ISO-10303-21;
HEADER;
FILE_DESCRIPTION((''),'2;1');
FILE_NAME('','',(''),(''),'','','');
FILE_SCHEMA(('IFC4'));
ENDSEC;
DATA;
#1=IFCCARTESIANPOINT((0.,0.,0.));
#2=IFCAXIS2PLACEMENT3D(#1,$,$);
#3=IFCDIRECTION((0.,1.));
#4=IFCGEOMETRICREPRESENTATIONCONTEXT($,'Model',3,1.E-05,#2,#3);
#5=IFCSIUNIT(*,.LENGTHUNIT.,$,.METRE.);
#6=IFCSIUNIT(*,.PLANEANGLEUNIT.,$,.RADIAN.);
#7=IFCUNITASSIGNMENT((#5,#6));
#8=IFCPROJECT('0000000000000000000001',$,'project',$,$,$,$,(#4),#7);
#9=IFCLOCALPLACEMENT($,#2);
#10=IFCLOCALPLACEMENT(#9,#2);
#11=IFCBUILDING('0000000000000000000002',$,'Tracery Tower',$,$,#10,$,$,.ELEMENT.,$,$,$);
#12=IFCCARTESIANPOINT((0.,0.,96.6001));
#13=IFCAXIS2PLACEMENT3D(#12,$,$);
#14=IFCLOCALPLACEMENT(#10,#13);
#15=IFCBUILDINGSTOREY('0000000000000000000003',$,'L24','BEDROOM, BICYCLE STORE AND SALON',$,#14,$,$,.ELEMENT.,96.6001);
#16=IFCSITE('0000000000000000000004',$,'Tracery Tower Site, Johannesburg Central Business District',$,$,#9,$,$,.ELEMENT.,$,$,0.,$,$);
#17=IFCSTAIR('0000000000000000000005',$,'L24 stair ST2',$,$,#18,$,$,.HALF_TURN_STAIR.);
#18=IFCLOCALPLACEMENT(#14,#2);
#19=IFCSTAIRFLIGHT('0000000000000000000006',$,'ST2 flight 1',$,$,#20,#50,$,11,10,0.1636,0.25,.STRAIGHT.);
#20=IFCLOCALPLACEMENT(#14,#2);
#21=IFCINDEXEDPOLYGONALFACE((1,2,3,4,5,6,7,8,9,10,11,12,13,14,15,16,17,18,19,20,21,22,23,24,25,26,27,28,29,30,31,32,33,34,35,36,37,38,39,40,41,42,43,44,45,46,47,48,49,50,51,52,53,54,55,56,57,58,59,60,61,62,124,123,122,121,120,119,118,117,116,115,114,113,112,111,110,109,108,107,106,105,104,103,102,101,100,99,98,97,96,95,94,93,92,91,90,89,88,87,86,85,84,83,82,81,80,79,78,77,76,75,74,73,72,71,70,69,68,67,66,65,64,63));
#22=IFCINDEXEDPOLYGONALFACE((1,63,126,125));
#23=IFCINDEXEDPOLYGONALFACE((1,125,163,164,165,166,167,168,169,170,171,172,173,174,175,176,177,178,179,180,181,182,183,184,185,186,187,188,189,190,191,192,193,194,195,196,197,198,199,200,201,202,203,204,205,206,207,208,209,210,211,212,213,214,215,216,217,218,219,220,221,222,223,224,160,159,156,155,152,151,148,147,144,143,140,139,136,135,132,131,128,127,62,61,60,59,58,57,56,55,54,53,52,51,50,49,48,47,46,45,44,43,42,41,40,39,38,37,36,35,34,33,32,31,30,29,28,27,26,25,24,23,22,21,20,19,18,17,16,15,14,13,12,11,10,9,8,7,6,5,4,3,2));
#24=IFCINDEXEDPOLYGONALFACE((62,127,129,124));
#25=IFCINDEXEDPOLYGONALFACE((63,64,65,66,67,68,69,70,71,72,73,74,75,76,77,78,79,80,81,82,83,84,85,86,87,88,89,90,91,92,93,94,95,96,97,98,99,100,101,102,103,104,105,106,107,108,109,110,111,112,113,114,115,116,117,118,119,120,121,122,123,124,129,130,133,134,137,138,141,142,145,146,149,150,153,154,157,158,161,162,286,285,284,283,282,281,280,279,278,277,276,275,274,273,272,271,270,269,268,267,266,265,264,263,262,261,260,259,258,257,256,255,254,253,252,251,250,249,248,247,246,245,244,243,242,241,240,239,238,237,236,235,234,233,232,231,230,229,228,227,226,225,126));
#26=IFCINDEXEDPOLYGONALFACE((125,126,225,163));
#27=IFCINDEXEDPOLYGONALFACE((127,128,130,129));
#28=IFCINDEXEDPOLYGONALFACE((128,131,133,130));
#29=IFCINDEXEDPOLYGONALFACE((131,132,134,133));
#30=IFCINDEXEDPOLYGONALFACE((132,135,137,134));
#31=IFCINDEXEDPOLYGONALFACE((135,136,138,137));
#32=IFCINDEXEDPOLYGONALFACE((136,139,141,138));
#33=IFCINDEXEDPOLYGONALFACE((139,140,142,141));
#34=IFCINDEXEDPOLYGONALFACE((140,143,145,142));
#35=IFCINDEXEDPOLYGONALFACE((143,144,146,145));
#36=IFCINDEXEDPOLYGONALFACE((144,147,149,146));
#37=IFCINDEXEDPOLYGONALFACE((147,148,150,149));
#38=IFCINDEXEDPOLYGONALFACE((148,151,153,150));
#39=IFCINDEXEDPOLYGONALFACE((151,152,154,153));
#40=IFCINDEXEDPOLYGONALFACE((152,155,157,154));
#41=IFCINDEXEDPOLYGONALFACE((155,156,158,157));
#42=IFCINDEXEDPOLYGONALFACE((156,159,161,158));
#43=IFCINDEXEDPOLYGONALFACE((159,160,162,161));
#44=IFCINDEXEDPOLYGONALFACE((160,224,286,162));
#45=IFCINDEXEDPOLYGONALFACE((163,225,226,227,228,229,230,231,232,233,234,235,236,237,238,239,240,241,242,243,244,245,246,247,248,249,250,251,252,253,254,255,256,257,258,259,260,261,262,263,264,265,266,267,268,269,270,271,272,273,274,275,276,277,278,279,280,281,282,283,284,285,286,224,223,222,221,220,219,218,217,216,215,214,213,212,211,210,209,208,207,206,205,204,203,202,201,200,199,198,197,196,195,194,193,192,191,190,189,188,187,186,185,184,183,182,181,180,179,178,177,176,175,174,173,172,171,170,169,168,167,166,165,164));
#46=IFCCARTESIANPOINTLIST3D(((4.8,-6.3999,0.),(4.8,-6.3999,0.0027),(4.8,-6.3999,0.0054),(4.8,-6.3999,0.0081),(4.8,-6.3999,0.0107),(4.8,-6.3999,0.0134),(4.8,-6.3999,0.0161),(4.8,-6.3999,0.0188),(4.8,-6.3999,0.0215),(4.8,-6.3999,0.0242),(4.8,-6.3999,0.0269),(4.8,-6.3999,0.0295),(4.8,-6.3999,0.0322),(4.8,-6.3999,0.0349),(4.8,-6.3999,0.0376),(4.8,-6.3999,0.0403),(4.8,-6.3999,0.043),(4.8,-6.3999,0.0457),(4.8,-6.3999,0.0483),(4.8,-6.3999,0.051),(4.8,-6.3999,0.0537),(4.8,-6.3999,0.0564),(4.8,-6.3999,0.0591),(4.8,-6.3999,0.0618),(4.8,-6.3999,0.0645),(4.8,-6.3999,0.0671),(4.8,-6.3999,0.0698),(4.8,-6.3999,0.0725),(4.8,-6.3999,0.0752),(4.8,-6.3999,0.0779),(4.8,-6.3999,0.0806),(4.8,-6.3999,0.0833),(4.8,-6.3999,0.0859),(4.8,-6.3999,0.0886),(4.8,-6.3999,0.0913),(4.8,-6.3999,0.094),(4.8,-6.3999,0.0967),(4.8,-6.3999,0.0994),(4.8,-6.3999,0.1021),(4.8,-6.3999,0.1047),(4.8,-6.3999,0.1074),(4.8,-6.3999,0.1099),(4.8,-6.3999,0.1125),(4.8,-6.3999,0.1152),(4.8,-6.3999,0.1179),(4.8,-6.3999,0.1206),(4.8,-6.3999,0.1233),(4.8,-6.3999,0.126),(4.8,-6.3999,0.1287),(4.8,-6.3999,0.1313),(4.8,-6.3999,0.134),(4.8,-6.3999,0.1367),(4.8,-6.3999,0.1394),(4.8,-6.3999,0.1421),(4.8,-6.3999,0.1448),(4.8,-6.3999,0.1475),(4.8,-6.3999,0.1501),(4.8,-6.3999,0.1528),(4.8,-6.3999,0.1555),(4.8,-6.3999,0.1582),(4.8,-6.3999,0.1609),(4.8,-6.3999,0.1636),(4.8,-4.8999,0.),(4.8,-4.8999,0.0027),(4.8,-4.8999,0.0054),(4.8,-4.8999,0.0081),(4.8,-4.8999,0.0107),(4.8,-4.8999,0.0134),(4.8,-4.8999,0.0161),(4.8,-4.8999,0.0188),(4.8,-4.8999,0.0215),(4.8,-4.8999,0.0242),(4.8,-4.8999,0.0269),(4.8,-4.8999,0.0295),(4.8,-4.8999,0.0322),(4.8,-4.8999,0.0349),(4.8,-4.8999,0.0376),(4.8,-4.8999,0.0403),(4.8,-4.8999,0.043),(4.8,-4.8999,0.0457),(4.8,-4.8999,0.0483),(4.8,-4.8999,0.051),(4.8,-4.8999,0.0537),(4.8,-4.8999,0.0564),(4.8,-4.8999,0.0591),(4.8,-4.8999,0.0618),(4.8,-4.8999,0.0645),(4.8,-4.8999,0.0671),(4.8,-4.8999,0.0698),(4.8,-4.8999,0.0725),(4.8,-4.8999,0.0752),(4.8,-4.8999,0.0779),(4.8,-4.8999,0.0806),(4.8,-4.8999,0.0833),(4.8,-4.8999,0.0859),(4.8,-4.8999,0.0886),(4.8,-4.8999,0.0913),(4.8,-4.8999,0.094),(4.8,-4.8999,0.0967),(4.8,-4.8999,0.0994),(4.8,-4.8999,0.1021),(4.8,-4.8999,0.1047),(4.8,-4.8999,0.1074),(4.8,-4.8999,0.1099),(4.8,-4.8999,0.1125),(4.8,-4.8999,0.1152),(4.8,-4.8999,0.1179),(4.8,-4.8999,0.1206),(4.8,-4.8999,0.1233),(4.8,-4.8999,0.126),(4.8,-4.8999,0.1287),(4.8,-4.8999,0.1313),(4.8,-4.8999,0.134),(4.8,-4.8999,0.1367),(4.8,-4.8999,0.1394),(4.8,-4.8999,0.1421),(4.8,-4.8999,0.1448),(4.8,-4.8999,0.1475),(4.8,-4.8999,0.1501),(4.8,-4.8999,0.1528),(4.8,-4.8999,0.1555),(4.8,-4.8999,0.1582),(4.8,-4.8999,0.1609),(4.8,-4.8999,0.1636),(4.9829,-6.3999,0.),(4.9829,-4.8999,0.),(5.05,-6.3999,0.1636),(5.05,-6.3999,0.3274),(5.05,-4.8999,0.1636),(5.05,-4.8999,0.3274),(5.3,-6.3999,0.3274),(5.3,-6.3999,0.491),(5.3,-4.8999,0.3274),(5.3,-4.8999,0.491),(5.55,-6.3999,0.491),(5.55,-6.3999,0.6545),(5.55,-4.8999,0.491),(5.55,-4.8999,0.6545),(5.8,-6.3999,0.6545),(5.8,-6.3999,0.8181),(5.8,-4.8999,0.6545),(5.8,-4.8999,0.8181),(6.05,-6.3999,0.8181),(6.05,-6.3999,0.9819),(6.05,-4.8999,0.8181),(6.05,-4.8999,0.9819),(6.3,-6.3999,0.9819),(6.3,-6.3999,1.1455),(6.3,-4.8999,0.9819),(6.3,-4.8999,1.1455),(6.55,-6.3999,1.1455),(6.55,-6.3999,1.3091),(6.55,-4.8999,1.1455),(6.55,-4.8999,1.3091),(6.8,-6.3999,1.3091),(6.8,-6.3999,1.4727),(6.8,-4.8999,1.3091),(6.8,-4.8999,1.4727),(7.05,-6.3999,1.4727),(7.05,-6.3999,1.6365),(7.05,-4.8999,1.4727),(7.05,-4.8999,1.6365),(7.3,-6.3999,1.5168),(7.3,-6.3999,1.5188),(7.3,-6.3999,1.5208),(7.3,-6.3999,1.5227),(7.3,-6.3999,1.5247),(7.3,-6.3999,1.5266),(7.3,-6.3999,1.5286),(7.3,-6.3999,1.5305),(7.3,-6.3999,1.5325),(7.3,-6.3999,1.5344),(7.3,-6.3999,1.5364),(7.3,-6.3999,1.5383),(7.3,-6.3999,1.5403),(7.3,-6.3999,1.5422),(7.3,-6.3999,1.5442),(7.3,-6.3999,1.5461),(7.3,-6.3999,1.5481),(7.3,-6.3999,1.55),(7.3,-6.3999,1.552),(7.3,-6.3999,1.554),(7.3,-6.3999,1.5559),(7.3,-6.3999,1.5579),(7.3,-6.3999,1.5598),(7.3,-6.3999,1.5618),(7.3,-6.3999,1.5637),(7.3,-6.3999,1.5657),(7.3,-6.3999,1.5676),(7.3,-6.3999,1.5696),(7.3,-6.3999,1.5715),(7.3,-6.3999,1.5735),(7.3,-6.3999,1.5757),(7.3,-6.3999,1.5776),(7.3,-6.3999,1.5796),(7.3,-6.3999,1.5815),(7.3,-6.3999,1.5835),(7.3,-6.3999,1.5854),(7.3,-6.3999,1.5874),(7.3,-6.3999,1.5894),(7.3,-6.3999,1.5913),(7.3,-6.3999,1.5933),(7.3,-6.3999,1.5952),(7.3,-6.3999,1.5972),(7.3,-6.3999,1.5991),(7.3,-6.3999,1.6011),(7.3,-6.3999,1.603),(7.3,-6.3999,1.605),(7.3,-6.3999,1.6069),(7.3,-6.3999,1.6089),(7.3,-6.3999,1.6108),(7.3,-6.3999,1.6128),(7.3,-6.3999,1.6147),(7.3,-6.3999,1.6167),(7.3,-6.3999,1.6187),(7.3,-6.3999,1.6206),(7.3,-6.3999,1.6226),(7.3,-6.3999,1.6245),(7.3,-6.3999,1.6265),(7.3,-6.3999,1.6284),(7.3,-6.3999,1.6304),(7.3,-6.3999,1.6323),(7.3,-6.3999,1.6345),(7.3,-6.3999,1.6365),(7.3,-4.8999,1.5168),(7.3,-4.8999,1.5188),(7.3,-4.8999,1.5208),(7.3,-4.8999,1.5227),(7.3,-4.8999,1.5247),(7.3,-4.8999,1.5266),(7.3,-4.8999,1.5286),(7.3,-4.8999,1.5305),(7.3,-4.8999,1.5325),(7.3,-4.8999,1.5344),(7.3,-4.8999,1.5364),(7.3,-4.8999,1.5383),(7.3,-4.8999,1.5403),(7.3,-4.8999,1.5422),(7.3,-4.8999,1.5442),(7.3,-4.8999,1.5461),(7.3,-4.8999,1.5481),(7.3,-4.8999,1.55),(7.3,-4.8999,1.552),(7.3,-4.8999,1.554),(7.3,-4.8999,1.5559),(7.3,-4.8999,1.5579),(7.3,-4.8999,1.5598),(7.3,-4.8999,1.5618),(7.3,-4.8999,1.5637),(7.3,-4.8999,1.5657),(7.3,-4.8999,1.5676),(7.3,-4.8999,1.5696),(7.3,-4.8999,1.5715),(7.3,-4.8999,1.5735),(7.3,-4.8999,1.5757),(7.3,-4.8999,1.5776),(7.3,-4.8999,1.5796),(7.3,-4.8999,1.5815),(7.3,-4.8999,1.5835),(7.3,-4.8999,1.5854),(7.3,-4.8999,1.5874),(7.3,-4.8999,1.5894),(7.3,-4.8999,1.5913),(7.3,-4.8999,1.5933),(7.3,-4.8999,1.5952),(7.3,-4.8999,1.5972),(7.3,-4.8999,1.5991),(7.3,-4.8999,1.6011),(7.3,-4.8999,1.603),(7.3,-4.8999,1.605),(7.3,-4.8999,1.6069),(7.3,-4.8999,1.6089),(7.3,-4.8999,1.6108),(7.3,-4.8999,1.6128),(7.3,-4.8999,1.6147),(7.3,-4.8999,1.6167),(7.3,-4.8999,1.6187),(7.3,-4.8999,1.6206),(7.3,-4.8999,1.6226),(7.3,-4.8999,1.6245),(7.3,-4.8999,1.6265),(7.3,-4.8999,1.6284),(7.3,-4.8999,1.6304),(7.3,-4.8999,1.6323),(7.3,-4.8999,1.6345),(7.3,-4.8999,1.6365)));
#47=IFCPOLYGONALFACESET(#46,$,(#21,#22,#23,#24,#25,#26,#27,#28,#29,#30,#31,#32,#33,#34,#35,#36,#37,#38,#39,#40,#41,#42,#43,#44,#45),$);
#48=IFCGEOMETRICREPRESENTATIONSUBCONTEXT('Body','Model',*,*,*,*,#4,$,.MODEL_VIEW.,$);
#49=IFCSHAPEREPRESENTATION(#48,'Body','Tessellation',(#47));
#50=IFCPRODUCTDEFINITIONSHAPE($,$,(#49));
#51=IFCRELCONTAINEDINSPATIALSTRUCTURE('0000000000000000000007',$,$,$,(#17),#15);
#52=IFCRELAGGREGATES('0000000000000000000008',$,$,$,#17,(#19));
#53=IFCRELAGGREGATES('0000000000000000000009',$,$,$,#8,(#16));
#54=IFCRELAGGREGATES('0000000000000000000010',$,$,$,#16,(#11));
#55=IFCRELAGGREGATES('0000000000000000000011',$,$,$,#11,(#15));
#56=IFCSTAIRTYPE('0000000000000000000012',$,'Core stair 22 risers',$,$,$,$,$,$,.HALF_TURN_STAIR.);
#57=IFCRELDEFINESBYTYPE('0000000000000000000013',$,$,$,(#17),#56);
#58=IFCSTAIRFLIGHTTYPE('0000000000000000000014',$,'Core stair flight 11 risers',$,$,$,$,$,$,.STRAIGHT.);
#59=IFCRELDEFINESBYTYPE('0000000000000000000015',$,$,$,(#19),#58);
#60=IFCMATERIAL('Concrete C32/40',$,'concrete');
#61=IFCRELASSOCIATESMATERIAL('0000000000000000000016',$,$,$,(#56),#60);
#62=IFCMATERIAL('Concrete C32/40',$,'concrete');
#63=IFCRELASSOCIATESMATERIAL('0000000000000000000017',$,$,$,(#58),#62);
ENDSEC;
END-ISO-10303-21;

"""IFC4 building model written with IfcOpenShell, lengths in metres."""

from ifc_helpers import new_model, si_unit, direction, frame, origin, place, context, subcontext, project, spatial, polyline, outline, extrude, material, type_object, element, aggregate, save


model = new_model("IFC4")

# Units and contexts
model_context = context("Model", 3, precision=1e-05, world=origin(), true_north=direction((0.0, 1.0)))
body_context = subcontext(model_context, "Body", "Model", "MODEL_VIEW")
ifc_project = project(units=[si_unit("LENGTHUNIT", "METRE"), si_unit("PLANEANGLEUNIT", "RADIAN")], contexts=[model_context])

# Site, building, storey
site_placement = place(None, origin())
site = spatial("IfcSite", under=ifc_project, at=site_placement, Name="Tracery Tower Site, Johannesburg Central Business District", CompositionType="ELEMENT", RefElevation=0.0)
building_placement = place(site_placement, origin())
building = spatial("IfcBuilding", under=site, at=building_placement, Name="Tracery Tower", CompositionType="ELEMENT")
storey_placement = place(building_placement, frame((0.0, 0.0, 96.6001)))
storey = spatial("IfcBuildingStorey", under=building, at=storey_placement, Name="L24", Description="BEDROOM, BICYCLE STORE AND SALON", CompositionType="ELEMENT", Elevation=96.6001)

# Stair, stair flight
ifc_material_1 = material(Name="Concrete C32/40", Category="concrete")
stair_type = type_object("IfcStairType", Name="Core stair 22 risers", PredefinedType="HALF_TURN_STAIR", material=ifc_material_1)
stair_placement = place(storey_placement, origin())
stair = element("IfcStair", 1, at=stair_placement, inside=storey, type_object=stair_type, Name="L24 stair ST2", PredefinedType="HALF_TURN_STAIR")
ifc_material_2 = material(Name="Concrete C32/40", Category="concrete")
stair_flight_type = type_object("IfcStairFlightType", Name="Core stair flight 11 risers", PredefinedType="STRAIGHT", material=ifc_material_2)
stair_flight_1_placement = place(storey_placement, frame((4.8, -5.6499, 0.0), z_axis=(0.0, 0.0, 1.0), x_axis=(1.0, 0.0, 0.0)))
stair_flight_1 = element("IfcStairFlight", 2, at=stair_flight_1_placement, type_object=stair_flight_type, Name="ST2 flight 1", NumberOfRisers=11, NumberOfTreads=10, PredefinedType="STRAIGHT", RiserHeight=0.1636, TreadLength=0.25, context=body_context, shape_type="SweptSolid", body=[
    extrude(outline(polyline([(0.0, 0.0), (0.0, 0.0027), (0.0, 0.0054), (0.0, 0.0081), (0.0, 0.0107), (0.0, 0.0134), (0.0, 0.0161), (0.0, 0.0188), (0.0, 0.0215), (0.0, 0.0242), (0.0, 0.0269), (0.0, 0.0295), (0.0, 0.0322), (0.0, 0.0349), (0.0, 0.0376), (0.0, 0.0403), (0.0, 0.043), (0.0, 0.0457), (0.0, 0.0483), (0.0, 0.051), (0.0, 0.0537), (0.0, 0.0564), (0.0, 0.0591), (0.0, 0.0618), (0.0, 0.0645), (0.0, 0.0671), (0.0, 0.0698), (0.0, 0.0725), (0.0, 0.0752), (0.0, 0.0779), (0.0, 0.0806), (0.0, 0.0833), (0.0, 0.0859), (0.0, 0.0886), (0.0, 0.0913), (0.0, 0.094), (0.0, 0.0967), (0.0, 0.0994), (0.0, 0.1021), (0.0, 0.1047), (0.0, 0.1074), (0.0, 0.1099), (0.0, 0.1125), (0.0, 0.1152), (0.0, 0.1179), (0.0, 0.1206), (0.0, 0.1233), (0.0, 0.126), (0.0, 0.1287), (0.0, 0.1313), (0.0, 0.134), (0.0, 0.1367), (0.0, 0.1394), (0.0, 0.1421), (0.0, 0.1448), (0.0, 0.1475), (0.0, 0.1501), (0.0, 0.1528), (0.0, 0.1555), (0.0, 0.1582), (0.0, 0.1609), (0.0, 0.1636), (0.25, 0.1636), (0.25, 0.3274), (0.5, 0.3274), (0.5, 0.491), (0.75, 0.491), (0.75, 0.6545), (1.0, 0.6545), (1.0, 0.8181), (1.25, 0.8181), (1.25, 0.9819), (1.5, 0.9819), (1.5, 1.1455), (1.75, 1.1455), (1.75, 1.3091), (2.0, 1.3091), (2.0, 1.4727), (2.25, 1.4727), (2.25, 1.6365), (2.5, 1.6365), (2.5, 1.6345), (2.5, 1.6323), (2.5, 1.6304), (2.5, 1.6284), (2.5, 1.6265), (2.5, 1.6245), (2.5, 1.6226), (2.5, 1.6206), (2.5, 1.6187), (2.5, 1.6167), (2.5, 1.6147), (2.5, 1.6128), (2.5, 1.6108), (2.5, 1.6089), (2.5, 1.6069), (2.5, 1.605), (2.5, 1.603), (2.5, 1.6011), (2.5, 1.5991), (2.5, 1.5972), (2.5, 1.5952), (2.5, 1.5933), (2.5, 1.5913), (2.5, 1.5894), (2.5, 1.5874), (2.5, 1.5854), (2.5, 1.5835), (2.5, 1.5815), (2.5, 1.5796), (2.5, 1.5776), (2.5, 1.5757), (2.5, 1.5735), (2.5, 1.5715), (2.5, 1.5696), (2.5, 1.5676), (2.5, 1.5657), (2.5, 1.5637), (2.5, 1.5618), (2.5, 1.5598), (2.5, 1.5579), (2.5, 1.5559), (2.5, 1.554), (2.5, 1.552), (2.5, 1.55), (2.5, 1.5481), (2.5, 1.5461), (2.5, 1.5442), (2.5, 1.5422), (2.5, 1.5403), (2.5, 1.5383), (2.5, 1.5364), (2.5, 1.5344), (2.5, 1.5325), (2.5, 1.5305), (2.5, 1.5286), (2.5, 1.5266), (2.5, 1.5247), (2.5, 1.5227), (2.5, 1.5208), (2.5, 1.5188), (2.5, 1.5168), (0.1829, 0.0), (0.0, 0.0)])), frame((0.0, 0.75, 0.0), z_axis=(0.0, -1.0, 0.0), x_axis=(1.0, 0.0, 0.0)), (0.0, 0.0, 1.0), 1.5),
])
aggregate(stair, [stair_flight_1])

save(model, "model.ifc")
